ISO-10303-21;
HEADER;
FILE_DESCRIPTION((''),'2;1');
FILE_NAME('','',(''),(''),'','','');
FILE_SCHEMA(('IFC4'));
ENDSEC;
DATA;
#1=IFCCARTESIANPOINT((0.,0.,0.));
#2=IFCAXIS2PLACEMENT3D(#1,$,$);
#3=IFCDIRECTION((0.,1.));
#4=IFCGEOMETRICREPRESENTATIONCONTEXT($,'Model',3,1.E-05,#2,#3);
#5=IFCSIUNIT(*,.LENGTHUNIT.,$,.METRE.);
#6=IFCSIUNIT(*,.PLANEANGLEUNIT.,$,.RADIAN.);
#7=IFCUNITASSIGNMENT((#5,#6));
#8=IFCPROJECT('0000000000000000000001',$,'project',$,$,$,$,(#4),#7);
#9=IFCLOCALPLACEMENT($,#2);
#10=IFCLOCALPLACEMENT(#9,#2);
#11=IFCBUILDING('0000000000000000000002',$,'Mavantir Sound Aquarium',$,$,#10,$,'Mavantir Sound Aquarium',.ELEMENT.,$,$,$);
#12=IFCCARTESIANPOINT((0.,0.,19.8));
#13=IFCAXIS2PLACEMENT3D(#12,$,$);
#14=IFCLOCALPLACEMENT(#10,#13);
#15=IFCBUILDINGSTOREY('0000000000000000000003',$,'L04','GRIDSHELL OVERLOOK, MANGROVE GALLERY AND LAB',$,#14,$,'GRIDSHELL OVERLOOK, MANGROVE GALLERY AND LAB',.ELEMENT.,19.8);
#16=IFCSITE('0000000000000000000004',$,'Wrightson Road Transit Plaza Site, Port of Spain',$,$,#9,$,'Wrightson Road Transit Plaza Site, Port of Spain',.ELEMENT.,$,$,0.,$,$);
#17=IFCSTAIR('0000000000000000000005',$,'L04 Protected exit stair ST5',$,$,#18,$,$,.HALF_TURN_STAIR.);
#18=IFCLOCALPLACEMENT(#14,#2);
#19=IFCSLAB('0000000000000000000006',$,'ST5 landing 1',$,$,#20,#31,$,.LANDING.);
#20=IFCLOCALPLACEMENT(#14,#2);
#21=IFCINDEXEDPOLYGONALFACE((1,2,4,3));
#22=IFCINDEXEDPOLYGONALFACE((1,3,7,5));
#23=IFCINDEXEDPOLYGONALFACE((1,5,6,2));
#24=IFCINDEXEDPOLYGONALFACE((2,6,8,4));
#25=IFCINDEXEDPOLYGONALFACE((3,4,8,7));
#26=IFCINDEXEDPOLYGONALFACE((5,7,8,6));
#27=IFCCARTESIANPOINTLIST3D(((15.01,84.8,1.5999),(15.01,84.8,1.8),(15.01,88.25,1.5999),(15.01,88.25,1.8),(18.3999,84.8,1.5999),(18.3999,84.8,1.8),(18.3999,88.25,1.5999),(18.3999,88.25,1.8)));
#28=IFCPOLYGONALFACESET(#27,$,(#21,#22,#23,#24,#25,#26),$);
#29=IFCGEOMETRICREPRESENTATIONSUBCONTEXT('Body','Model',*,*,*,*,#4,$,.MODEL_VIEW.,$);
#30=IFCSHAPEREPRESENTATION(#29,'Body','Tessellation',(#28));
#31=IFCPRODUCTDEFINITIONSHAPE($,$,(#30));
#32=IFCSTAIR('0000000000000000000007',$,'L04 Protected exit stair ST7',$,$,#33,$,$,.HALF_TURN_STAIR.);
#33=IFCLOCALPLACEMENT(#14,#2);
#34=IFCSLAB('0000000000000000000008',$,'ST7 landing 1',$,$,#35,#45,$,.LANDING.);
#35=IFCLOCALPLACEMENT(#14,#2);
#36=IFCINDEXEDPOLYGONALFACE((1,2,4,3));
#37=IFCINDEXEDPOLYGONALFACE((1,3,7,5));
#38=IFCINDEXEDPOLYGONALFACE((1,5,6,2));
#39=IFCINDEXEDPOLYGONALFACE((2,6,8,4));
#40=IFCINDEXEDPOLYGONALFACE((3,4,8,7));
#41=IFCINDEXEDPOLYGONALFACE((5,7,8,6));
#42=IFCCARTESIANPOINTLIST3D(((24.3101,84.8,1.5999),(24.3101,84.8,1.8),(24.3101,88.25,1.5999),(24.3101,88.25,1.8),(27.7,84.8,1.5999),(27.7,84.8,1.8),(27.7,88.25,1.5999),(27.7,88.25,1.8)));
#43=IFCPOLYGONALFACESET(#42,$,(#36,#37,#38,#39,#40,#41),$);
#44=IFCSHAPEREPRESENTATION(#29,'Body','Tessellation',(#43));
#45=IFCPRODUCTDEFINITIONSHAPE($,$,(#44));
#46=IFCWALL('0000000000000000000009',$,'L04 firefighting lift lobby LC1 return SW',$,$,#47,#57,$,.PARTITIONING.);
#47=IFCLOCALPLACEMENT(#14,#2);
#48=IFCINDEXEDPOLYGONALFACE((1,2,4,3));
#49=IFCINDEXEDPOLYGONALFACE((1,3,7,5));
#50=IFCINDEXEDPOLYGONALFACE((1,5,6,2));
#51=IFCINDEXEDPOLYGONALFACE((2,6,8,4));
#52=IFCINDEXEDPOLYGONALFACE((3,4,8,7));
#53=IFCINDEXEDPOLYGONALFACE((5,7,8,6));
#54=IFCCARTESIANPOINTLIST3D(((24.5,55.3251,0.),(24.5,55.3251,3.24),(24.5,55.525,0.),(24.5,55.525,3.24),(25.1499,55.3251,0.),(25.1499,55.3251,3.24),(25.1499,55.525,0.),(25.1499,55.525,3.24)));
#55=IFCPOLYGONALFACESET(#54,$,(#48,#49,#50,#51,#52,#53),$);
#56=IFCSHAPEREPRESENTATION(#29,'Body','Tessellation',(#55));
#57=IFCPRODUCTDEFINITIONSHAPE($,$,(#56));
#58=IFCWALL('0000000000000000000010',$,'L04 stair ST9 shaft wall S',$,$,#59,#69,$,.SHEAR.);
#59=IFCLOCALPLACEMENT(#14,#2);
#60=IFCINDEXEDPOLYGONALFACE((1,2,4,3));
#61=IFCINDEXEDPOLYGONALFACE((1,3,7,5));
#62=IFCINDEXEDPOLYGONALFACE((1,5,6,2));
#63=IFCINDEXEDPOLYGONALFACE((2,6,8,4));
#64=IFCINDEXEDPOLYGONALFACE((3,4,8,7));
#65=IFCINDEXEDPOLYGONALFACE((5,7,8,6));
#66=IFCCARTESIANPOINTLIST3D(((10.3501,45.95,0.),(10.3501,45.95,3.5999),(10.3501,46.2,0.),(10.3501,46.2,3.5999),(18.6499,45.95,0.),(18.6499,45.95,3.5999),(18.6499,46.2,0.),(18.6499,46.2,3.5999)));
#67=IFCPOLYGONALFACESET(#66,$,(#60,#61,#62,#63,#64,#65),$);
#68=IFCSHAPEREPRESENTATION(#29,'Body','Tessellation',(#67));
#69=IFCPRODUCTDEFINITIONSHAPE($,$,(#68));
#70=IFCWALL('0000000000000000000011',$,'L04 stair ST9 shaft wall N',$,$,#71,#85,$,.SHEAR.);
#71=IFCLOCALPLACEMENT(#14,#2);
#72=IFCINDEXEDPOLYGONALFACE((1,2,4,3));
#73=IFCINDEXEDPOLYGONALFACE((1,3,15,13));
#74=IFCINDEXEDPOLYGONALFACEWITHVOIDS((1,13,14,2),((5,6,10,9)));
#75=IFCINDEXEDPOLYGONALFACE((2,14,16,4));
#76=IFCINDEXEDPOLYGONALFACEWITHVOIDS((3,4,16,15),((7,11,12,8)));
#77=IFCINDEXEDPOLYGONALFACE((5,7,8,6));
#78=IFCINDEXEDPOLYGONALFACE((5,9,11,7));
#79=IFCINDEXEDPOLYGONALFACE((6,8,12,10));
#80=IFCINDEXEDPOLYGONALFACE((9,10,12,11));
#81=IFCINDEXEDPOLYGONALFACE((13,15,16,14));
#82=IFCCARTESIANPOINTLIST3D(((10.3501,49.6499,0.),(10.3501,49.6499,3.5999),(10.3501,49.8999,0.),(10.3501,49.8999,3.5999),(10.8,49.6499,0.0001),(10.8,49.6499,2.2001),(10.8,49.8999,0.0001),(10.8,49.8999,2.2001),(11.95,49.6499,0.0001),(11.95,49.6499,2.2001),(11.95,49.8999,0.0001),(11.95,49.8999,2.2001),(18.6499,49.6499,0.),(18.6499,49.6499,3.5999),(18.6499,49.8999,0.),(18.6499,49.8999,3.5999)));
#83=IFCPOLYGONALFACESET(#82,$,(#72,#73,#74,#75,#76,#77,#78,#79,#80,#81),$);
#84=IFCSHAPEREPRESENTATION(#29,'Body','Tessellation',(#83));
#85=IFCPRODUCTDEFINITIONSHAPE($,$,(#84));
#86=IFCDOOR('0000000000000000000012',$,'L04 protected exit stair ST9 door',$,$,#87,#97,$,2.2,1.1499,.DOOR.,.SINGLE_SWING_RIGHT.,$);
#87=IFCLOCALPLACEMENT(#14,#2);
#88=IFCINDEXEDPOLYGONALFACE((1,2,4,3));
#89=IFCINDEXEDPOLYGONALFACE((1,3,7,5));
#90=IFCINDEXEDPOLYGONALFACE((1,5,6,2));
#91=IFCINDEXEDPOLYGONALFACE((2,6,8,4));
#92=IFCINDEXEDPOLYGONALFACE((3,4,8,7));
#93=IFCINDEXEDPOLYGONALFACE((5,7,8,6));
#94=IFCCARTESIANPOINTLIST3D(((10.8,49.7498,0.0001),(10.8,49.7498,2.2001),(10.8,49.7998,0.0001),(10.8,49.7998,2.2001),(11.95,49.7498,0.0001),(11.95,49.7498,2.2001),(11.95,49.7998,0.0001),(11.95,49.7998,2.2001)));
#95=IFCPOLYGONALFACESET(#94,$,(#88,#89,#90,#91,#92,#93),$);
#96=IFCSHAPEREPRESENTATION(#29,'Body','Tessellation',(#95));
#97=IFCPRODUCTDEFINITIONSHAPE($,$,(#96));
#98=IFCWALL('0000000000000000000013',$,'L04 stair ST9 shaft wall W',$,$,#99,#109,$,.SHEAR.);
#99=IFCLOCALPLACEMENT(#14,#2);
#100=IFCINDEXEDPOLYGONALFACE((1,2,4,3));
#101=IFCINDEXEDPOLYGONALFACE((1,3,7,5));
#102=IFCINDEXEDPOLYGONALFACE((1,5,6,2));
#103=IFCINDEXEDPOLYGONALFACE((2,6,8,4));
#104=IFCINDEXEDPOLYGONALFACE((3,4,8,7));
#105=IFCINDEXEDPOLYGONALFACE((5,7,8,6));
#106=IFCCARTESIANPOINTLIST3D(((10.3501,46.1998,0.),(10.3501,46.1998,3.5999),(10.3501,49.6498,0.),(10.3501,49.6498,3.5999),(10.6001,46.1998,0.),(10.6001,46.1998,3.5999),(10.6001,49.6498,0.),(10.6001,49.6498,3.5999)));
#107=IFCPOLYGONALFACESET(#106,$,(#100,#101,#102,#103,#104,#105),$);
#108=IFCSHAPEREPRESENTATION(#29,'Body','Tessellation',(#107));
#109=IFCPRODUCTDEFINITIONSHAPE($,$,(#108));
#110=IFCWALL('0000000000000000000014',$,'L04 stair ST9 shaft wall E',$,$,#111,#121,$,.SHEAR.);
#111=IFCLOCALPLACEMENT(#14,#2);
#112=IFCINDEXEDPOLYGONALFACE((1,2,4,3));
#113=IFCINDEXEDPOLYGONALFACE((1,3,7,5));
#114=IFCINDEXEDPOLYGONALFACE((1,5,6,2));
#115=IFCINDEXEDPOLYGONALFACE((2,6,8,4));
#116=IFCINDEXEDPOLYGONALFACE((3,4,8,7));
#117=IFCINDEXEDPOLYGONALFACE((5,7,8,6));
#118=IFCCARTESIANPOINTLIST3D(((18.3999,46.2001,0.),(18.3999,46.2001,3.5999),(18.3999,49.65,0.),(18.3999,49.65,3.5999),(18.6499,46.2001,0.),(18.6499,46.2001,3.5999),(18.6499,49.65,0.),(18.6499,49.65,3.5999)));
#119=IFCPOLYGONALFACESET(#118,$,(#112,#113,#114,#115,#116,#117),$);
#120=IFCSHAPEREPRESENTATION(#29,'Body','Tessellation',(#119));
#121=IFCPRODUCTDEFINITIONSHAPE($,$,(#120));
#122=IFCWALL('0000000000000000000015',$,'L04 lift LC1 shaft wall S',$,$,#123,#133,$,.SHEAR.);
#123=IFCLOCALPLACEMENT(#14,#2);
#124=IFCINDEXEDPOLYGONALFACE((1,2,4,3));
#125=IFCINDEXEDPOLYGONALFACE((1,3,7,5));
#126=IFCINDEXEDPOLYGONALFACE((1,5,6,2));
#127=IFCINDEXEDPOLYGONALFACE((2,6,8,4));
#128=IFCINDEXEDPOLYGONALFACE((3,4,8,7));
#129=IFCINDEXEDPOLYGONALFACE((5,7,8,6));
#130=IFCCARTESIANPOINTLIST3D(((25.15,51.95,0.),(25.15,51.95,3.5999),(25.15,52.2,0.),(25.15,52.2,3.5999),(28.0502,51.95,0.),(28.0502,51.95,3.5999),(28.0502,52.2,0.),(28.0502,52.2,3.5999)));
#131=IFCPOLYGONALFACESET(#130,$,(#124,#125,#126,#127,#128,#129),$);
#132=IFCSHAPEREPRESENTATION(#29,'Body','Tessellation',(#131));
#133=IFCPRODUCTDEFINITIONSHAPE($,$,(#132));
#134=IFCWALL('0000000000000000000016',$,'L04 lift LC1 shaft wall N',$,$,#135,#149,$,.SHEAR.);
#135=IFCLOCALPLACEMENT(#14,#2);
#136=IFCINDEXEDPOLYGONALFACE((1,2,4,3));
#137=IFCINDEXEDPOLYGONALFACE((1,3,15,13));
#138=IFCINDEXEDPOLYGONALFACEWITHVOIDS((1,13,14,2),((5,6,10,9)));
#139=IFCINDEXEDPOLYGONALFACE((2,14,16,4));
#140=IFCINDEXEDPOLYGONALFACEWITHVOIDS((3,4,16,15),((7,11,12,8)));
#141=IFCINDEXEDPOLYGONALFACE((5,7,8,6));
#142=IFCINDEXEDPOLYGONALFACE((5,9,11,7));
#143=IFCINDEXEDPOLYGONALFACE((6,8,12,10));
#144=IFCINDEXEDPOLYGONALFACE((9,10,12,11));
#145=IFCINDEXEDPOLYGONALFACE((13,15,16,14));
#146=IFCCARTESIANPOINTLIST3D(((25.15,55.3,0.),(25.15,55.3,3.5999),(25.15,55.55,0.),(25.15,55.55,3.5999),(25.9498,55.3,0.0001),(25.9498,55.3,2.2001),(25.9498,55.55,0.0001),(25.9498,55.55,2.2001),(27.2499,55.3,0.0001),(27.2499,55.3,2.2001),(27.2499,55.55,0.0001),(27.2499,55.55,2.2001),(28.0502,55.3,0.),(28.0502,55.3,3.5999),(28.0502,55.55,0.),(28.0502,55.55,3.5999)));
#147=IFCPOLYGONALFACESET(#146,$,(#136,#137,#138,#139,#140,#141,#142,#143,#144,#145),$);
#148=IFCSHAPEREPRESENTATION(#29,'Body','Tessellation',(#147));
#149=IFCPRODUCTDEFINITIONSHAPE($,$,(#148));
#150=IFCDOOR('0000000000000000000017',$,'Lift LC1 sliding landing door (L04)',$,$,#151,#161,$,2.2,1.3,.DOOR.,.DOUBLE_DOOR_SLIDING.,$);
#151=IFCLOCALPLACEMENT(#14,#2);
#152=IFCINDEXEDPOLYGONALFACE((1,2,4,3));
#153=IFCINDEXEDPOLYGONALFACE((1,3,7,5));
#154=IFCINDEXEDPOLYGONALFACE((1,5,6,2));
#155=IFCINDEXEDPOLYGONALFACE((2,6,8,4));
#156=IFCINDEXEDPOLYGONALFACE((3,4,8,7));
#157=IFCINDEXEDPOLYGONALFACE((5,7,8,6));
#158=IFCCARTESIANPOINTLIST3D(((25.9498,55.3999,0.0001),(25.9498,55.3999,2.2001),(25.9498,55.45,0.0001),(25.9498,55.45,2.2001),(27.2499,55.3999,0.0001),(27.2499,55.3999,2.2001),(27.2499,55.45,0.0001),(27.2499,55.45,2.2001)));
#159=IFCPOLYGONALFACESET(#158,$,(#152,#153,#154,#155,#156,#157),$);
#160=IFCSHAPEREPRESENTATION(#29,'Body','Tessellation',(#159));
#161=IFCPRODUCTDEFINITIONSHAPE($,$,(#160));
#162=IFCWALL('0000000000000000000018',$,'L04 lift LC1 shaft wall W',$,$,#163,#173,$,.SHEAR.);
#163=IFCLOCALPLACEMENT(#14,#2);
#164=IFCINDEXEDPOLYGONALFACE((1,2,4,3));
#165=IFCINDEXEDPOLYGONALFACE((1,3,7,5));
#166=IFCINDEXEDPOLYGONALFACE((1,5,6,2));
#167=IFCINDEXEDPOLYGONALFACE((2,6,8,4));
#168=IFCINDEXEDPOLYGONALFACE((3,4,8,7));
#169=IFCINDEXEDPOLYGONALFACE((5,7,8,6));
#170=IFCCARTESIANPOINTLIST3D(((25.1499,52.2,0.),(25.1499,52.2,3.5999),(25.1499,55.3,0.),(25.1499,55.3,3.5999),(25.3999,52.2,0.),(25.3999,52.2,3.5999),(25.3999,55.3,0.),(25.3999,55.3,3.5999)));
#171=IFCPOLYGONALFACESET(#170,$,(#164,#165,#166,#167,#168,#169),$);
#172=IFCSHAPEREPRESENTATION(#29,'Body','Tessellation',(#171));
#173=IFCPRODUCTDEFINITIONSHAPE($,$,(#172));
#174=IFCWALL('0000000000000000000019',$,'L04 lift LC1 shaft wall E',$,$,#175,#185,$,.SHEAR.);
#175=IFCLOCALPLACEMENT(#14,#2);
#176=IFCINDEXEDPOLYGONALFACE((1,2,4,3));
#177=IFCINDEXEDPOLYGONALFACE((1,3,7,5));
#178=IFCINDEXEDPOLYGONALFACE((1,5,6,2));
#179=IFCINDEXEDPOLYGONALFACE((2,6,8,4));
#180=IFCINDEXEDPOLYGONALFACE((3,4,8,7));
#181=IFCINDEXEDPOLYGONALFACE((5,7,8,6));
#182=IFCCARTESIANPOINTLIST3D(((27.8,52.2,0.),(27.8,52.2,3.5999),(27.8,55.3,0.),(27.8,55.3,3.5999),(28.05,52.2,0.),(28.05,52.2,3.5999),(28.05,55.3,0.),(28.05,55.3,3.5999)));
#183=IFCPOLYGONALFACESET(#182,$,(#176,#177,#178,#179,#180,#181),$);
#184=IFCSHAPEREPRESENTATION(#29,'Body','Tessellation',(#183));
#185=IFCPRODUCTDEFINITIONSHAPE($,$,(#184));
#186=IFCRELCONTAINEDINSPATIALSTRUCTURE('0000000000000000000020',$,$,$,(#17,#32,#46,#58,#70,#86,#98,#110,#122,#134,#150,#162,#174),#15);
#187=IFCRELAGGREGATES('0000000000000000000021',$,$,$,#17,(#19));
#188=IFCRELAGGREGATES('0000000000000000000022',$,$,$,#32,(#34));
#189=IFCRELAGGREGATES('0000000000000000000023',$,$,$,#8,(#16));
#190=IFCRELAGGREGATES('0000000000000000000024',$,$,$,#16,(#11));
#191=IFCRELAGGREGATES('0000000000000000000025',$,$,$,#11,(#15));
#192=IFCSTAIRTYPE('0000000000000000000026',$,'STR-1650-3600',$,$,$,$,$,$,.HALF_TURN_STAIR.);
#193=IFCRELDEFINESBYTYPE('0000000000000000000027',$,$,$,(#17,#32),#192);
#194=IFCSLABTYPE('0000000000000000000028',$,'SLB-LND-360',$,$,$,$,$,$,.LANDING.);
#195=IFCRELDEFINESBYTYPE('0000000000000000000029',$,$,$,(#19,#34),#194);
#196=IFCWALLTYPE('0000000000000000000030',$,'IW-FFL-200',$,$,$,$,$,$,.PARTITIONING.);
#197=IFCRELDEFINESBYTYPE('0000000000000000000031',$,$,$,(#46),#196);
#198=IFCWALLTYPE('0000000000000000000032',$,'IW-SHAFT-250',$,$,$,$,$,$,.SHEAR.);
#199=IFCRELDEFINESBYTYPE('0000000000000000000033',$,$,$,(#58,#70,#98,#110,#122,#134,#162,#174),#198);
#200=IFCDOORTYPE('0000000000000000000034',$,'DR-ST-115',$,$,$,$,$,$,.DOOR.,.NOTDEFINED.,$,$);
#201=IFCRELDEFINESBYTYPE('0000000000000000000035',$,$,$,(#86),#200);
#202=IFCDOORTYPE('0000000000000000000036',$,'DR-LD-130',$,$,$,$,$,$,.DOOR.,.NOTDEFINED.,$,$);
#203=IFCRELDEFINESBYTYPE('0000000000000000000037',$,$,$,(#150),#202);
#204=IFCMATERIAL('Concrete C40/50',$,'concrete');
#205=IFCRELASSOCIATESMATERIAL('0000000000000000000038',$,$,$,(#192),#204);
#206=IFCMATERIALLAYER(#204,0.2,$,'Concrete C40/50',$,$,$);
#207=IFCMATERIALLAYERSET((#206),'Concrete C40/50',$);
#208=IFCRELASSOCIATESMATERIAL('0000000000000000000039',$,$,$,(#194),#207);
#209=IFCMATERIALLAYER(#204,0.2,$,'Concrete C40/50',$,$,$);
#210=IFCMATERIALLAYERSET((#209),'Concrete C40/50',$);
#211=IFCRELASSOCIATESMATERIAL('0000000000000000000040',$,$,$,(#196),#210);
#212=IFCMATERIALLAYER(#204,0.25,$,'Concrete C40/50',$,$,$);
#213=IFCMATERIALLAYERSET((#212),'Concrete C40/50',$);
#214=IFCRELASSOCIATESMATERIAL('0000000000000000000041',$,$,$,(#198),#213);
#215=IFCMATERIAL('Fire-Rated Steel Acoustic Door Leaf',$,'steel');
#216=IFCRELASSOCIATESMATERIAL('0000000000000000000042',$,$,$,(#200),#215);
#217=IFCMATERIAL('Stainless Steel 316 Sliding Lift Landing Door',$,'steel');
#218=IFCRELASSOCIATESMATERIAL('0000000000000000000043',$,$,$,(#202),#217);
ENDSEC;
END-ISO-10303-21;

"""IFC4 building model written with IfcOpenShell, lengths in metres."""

from ifc_helpers import new_model, si_unit, direction, frame, frame_2d, origin, place, context, subcontext, project, spatial, polyline, rectangle, outline, extrude, material, layer, layer_set, type_object, element, fill, aggregate, save


model = new_model("IFC4")

# Units and contexts
model_context = context("Model", 3, precision=1e-05, world=origin(), true_north=direction((0.0, 1.0)))
body_context = subcontext(model_context, "Body", "Model", "MODEL_VIEW")
ifc_project = project(units=[si_unit("LENGTHUNIT", "METRE"), si_unit("PLANEANGLEUNIT", "RADIAN")], contexts=[model_context])

# Site, building, storey
site_placement = place(None, origin())
site = spatial("IfcSite", under=ifc_project, at=site_placement, Name="Wrightson Road Transit Plaza Site, Port of Spain", LongName="Wrightson Road Transit Plaza Site, Port of Spain", CompositionType="ELEMENT", RefElevation=0.0)
building_placement = place(site_placement, origin())
building = spatial("IfcBuilding", under=site, at=building_placement, Name="Mavantir Sound Aquarium", LongName="Mavantir Sound Aquarium", CompositionType="ELEMENT")
storey_placement = place(building_placement, frame((0.0, 0.0, 19.8)))
storey = spatial("IfcBuildingStorey", under=building, at=storey_placement, Name="L04", Description="GRIDSHELL OVERLOOK, MANGROVE GALLERY AND LAB", LongName="GRIDSHELL OVERLOOK, MANGROVE GALLERY AND LAB", CompositionType="ELEMENT", Elevation=19.8)

# Stairs, slabs
ifc_material_1 = material(Name="Concrete C40/50", Category="concrete")
stair_type = type_object("IfcStairType", Name="STR-1650-3600", PredefinedType="HALF_TURN_STAIR", material=ifc_material_1)
stair_1_placement = place(storey_placement, origin())
stair_1 = element("IfcStair", 1, at=stair_1_placement, inside=storey, type_object=stair_type, Name="L04 Protected exit stair ST5", PredefinedType="HALF_TURN_STAIR")
ifc_layer_1 = layer(ifc_material_1, 0.2, Name="Concrete C40/50")
ifc_layer_set_1 = layer_set([ifc_layer_1], Name="Concrete C40/50")
slab_type = type_object("IfcSlabType", Name="SLB-LND-360", PredefinedType="LANDING", material=ifc_layer_set_1)
slab_1_placement = place(storey_placement, frame((0.0, 0.0, 1.5999)))
slab_1 = element("IfcSlab", 2, at=slab_1_placement, type_object=slab_type, Name="ST5 landing 1", PredefinedType="LANDING", context=body_context, shape_type="SweptSolid", body=[
    extrude(outline(polyline([(15.01, 84.8), (18.3999, 84.8), (18.3999, 88.25), (15.01, 88.25), (15.01, 84.8)])), origin(), (0.0, 0.0, 1.0), 0.2002),
])
aggregate(stair_1, [slab_1])
stair_2_placement = place(storey_placement, origin())
stair_2 = element("IfcStair", 3, at=stair_2_placement, inside=storey, type_object=stair_type, Name="L04 Protected exit stair ST7", PredefinedType="HALF_TURN_STAIR")
slab_2_placement = place(storey_placement, frame((0.0, 0.0, 1.5999)))
slab_2 = element("IfcSlab", 4, at=slab_2_placement, type_object=slab_type, Name="ST7 landing 1", PredefinedType="LANDING", context=body_context, shape_type="SweptSolid", body=[
    extrude(outline(polyline([(24.3101, 84.8), (27.7, 84.8), (27.7, 88.25), (24.3101, 88.25), (24.3101, 84.8)])), origin(), (0.0, 0.0, 1.0), 0.2002),
])
aggregate(stair_2, [slab_2])

# Walls
ifc_layer_2 = layer(ifc_material_1, 0.2, Name="Concrete C40/50")
ifc_layer_set_2 = layer_set([ifc_layer_2], Name="Concrete C40/50")
wall_type_1 = type_object("IfcWallType", Name="IW-FFL-200", PredefinedType="PARTITIONING", material=ifc_layer_set_2)
wall_1_placement = place(storey_placement, frame((24.5, 55.425, 0.0), z_axis=(0.0, 0.0, 1.0), x_axis=(1.0, 0.0, 0.0)))
element("IfcWall", 5, at=wall_1_placement, inside=storey, type_object=wall_type_1, Name="L04 firefighting lift lobby LC1 return SW", PredefinedType="PARTITIONING", context=body_context, shape_type="SweptSolid", body=[
    extrude(rectangle(XDim=0.6499, YDim=0.2, at=frame_2d((0.325, 0.0))), origin(), (0.0, 0.0, 1.0), 3.24),
])
ifc_layer_3 = layer(ifc_material_1, 0.25, Name="Concrete C40/50")
ifc_layer_set_3 = layer_set([ifc_layer_3], Name="Concrete C40/50")
wall_type_2 = type_object("IfcWallType", Name="IW-SHAFT-250", PredefinedType="SHEAR", material=ifc_layer_set_3)
wall_2_placement = place(storey_placement, frame((10.3501, 46.075, 0.0), z_axis=(0.0, 0.0, 1.0), x_axis=(1.0, 0.0, 0.0)))
element("IfcWall", 6, at=wall_2_placement, inside=storey, type_object=wall_type_2, Name="L04 stair ST9 shaft wall S", PredefinedType="SHEAR", context=body_context, shape_type="SweptSolid", body=[
    extrude(rectangle(XDim=8.2998, YDim=0.25, at=frame_2d((4.1499, 0.0))), origin(), (0.0, 0.0, 1.0), 3.5999),
])

# Wall, opening, door
wall_3_placement = place(storey_placement, frame((18.6499, 49.7749, 0.0), z_axis=(0.0, 0.0, 1.0), x_axis=(-1.0, 0.0, 0.0)))
wall_3 = element("IfcWall", 7, at=wall_3_placement, inside=storey, type_object=wall_type_2, Name="L04 stair ST9 shaft wall N", PredefinedType="SHEAR", context=body_context, shape_type="SweptSolid", body=[
    extrude(rectangle(XDim=8.2998, YDim=0.25, at=frame_2d((4.1499, 0.0))), origin(), (0.0, 0.0, 1.0), 3.5999),
])
opening_1_placement = place(wall_3_placement, frame((7.8499, 0.0, 0.0), z_axis=(0.0, 0.0, 1.0), x_axis=(-1.0, 0.0, 0.0)))
opening_1 = element("IfcOpeningElement", 8, at=opening_1_placement, cuts=wall_3, PredefinedType="OPENING", context=body_context, shape_type="SweptSolid", body=[
    extrude(rectangle(XDim=1.1499, YDim=2.2, at=frame_2d((0.575, 1.1001))), frame((0.0, 0.135, 0.0), z_axis=(0.0, -1.0, 0.0), x_axis=(1.0, 0.0, 0.0)), (0.0, 0.0, 1.0), 0.27),
])
ifc_material_2 = material(Name="Fire-Rated Steel Acoustic Door Leaf", Category="steel")
door_type_1 = type_object("IfcDoorType", Name="DR-ST-115", OperationType="NOTDEFINED", PredefinedType="DOOR", material=ifc_material_2)
door_1_placement = place(opening_1_placement, origin())
door_1 = element("IfcDoor", 9, at=door_1_placement, inside=storey, type_object=door_type_1, Name="L04 protected exit stair ST9 door", OperationType="SINGLE_SWING_RIGHT", OverallHeight=2.2, OverallWidth=1.1499, PredefinedType="DOOR", context=body_context, shape_type="SweptSolid", body=[
    extrude(rectangle(XDim=1.1499, YDim=2.2, at=frame_2d((0.575, 1.1001))), frame((0.0, 0.0249, 0.0), z_axis=(0.0, -1.0, 0.0), x_axis=(1.0, 0.0, 0.0)), (0.0, 0.0, 1.0), 0.05),
])
fill(opening_1, door_1)

# Walls
for number, where, z_axis, x_axis, name in (
    (10, (10.4751, 49.6499, 0.0), (0.0, 0.0, 1.0), (0.0, -1.0, 0.0), "L04 stair ST9 shaft wall W"),
    (11, (18.5249, 46.2, 0.0), (0.0, 0.0, 1.0), (0.0, 1.0, 0.0), "L04 stair ST9 shaft wall E"),
):
    element("IfcWall", number, at=place(storey_placement, frame(where, z_axis=z_axis, x_axis=x_axis)), inside=storey, type_object=wall_type_2, Name=name, PredefinedType="SHEAR", context=body_context, shape_type="SweptSolid", body=[
        extrude(rectangle(XDim=3.45, YDim=0.25, at=frame_2d((1.7251, 0.0))), origin(), (0.0, 0.0, 1.0), 3.5999),
    ])
wall_4_placement = place(storey_placement, frame((25.1499, 52.075, 0.0), z_axis=(0.0, 0.0, 1.0), x_axis=(1.0, 0.0, 0.0)))
element("IfcWall", 12, at=wall_4_placement, inside=storey, type_object=wall_type_2, Name="L04 lift LC1 shaft wall S", PredefinedType="SHEAR", context=body_context, shape_type="SweptSolid", body=[
    extrude(rectangle(XDim=2.9001, YDim=0.25, at=frame_2d((1.4502, 0.0))), origin(), (0.0, 0.0, 1.0), 3.5999),
])

# Wall, opening, door
wall_5_placement = place(storey_placement, frame((25.1499, 55.425, 0.0), z_axis=(0.0, 0.0, 1.0), x_axis=(1.0, 0.0, 0.0)))
wall_5 = element("IfcWall", 13, at=wall_5_placement, inside=storey, type_object=wall_type_2, Name="L04 lift LC1 shaft wall N", PredefinedType="SHEAR", context=body_context, shape_type="SweptSolid", body=[
    extrude(rectangle(XDim=2.9001, YDim=0.25, at=frame_2d((1.4502, 0.0))), origin(), (0.0, 0.0, 1.0), 3.5999),
])
opening_2_placement = place(wall_5_placement, frame((0.8, 0.0, 0.0)))
opening_2 = element("IfcOpeningElement", 14, at=opening_2_placement, cuts=wall_5, PredefinedType="OPENING", context=body_context, shape_type="SweptSolid", body=[
    extrude(rectangle(XDim=1.3, YDim=2.2, at=frame_2d((0.6499, 1.1001))), frame((0.0, 0.135, 0.0), z_axis=(0.0, -1.0, 0.0), x_axis=(1.0, 0.0, 0.0)), (0.0, 0.0, 1.0), 0.27),
])
ifc_material_3 = material(Name="Stainless Steel 316 Sliding Lift Landing Door", Category="steel")
door_type_2 = type_object("IfcDoorType", Name="DR-LD-130", OperationType="NOTDEFINED", PredefinedType="DOOR", material=ifc_material_3)
door_2_placement = place(opening_2_placement, origin())
door_2 = element("IfcDoor", 15, at=door_2_placement, inside=storey, type_object=door_type_2, Name="Lift LC1 sliding landing door (L04)", OperationType="DOUBLE_DOOR_SLIDING", OverallHeight=2.2, OverallWidth=1.3, PredefinedType="DOOR", context=body_context, shape_type="SweptSolid", body=[
    extrude(rectangle(XDim=1.3, YDim=2.2, at=frame_2d((0.6499, 1.1001))), frame((0.0, 0.0249, 0.0), z_axis=(0.0, -1.0, 0.0), x_axis=(1.0, 0.0, 0.0)), (0.0, 0.0, 1.0), 0.05),
])
fill(opening_2, door_2)

# Walls
for number, where, z_axis, x_axis, name in (
    (16, (25.2749, 52.2, 0.0), (0.0, 0.0, 1.0), (0.0, 1.0, 0.0), "L04 lift LC1 shaft wall W"),
    (17, (27.925, 52.2, 0.0), (0.0, 0.0, 1.0), (0.0, 1.0, 0.0), "L04 lift LC1 shaft wall E"),
):
    element("IfcWall", number, at=place(storey_placement, frame(where, z_axis=z_axis, x_axis=x_axis)), inside=storey, type_object=wall_type_2, Name=name, PredefinedType="SHEAR", context=body_context, shape_type="SweptSolid", body=[
        extrude(rectangle(XDim=3.1001, YDim=0.25, at=frame_2d((1.55, 0.0))), origin(), (0.0, 0.0, 1.0), 3.5999),
    ])

save(model, "model.ifc")
